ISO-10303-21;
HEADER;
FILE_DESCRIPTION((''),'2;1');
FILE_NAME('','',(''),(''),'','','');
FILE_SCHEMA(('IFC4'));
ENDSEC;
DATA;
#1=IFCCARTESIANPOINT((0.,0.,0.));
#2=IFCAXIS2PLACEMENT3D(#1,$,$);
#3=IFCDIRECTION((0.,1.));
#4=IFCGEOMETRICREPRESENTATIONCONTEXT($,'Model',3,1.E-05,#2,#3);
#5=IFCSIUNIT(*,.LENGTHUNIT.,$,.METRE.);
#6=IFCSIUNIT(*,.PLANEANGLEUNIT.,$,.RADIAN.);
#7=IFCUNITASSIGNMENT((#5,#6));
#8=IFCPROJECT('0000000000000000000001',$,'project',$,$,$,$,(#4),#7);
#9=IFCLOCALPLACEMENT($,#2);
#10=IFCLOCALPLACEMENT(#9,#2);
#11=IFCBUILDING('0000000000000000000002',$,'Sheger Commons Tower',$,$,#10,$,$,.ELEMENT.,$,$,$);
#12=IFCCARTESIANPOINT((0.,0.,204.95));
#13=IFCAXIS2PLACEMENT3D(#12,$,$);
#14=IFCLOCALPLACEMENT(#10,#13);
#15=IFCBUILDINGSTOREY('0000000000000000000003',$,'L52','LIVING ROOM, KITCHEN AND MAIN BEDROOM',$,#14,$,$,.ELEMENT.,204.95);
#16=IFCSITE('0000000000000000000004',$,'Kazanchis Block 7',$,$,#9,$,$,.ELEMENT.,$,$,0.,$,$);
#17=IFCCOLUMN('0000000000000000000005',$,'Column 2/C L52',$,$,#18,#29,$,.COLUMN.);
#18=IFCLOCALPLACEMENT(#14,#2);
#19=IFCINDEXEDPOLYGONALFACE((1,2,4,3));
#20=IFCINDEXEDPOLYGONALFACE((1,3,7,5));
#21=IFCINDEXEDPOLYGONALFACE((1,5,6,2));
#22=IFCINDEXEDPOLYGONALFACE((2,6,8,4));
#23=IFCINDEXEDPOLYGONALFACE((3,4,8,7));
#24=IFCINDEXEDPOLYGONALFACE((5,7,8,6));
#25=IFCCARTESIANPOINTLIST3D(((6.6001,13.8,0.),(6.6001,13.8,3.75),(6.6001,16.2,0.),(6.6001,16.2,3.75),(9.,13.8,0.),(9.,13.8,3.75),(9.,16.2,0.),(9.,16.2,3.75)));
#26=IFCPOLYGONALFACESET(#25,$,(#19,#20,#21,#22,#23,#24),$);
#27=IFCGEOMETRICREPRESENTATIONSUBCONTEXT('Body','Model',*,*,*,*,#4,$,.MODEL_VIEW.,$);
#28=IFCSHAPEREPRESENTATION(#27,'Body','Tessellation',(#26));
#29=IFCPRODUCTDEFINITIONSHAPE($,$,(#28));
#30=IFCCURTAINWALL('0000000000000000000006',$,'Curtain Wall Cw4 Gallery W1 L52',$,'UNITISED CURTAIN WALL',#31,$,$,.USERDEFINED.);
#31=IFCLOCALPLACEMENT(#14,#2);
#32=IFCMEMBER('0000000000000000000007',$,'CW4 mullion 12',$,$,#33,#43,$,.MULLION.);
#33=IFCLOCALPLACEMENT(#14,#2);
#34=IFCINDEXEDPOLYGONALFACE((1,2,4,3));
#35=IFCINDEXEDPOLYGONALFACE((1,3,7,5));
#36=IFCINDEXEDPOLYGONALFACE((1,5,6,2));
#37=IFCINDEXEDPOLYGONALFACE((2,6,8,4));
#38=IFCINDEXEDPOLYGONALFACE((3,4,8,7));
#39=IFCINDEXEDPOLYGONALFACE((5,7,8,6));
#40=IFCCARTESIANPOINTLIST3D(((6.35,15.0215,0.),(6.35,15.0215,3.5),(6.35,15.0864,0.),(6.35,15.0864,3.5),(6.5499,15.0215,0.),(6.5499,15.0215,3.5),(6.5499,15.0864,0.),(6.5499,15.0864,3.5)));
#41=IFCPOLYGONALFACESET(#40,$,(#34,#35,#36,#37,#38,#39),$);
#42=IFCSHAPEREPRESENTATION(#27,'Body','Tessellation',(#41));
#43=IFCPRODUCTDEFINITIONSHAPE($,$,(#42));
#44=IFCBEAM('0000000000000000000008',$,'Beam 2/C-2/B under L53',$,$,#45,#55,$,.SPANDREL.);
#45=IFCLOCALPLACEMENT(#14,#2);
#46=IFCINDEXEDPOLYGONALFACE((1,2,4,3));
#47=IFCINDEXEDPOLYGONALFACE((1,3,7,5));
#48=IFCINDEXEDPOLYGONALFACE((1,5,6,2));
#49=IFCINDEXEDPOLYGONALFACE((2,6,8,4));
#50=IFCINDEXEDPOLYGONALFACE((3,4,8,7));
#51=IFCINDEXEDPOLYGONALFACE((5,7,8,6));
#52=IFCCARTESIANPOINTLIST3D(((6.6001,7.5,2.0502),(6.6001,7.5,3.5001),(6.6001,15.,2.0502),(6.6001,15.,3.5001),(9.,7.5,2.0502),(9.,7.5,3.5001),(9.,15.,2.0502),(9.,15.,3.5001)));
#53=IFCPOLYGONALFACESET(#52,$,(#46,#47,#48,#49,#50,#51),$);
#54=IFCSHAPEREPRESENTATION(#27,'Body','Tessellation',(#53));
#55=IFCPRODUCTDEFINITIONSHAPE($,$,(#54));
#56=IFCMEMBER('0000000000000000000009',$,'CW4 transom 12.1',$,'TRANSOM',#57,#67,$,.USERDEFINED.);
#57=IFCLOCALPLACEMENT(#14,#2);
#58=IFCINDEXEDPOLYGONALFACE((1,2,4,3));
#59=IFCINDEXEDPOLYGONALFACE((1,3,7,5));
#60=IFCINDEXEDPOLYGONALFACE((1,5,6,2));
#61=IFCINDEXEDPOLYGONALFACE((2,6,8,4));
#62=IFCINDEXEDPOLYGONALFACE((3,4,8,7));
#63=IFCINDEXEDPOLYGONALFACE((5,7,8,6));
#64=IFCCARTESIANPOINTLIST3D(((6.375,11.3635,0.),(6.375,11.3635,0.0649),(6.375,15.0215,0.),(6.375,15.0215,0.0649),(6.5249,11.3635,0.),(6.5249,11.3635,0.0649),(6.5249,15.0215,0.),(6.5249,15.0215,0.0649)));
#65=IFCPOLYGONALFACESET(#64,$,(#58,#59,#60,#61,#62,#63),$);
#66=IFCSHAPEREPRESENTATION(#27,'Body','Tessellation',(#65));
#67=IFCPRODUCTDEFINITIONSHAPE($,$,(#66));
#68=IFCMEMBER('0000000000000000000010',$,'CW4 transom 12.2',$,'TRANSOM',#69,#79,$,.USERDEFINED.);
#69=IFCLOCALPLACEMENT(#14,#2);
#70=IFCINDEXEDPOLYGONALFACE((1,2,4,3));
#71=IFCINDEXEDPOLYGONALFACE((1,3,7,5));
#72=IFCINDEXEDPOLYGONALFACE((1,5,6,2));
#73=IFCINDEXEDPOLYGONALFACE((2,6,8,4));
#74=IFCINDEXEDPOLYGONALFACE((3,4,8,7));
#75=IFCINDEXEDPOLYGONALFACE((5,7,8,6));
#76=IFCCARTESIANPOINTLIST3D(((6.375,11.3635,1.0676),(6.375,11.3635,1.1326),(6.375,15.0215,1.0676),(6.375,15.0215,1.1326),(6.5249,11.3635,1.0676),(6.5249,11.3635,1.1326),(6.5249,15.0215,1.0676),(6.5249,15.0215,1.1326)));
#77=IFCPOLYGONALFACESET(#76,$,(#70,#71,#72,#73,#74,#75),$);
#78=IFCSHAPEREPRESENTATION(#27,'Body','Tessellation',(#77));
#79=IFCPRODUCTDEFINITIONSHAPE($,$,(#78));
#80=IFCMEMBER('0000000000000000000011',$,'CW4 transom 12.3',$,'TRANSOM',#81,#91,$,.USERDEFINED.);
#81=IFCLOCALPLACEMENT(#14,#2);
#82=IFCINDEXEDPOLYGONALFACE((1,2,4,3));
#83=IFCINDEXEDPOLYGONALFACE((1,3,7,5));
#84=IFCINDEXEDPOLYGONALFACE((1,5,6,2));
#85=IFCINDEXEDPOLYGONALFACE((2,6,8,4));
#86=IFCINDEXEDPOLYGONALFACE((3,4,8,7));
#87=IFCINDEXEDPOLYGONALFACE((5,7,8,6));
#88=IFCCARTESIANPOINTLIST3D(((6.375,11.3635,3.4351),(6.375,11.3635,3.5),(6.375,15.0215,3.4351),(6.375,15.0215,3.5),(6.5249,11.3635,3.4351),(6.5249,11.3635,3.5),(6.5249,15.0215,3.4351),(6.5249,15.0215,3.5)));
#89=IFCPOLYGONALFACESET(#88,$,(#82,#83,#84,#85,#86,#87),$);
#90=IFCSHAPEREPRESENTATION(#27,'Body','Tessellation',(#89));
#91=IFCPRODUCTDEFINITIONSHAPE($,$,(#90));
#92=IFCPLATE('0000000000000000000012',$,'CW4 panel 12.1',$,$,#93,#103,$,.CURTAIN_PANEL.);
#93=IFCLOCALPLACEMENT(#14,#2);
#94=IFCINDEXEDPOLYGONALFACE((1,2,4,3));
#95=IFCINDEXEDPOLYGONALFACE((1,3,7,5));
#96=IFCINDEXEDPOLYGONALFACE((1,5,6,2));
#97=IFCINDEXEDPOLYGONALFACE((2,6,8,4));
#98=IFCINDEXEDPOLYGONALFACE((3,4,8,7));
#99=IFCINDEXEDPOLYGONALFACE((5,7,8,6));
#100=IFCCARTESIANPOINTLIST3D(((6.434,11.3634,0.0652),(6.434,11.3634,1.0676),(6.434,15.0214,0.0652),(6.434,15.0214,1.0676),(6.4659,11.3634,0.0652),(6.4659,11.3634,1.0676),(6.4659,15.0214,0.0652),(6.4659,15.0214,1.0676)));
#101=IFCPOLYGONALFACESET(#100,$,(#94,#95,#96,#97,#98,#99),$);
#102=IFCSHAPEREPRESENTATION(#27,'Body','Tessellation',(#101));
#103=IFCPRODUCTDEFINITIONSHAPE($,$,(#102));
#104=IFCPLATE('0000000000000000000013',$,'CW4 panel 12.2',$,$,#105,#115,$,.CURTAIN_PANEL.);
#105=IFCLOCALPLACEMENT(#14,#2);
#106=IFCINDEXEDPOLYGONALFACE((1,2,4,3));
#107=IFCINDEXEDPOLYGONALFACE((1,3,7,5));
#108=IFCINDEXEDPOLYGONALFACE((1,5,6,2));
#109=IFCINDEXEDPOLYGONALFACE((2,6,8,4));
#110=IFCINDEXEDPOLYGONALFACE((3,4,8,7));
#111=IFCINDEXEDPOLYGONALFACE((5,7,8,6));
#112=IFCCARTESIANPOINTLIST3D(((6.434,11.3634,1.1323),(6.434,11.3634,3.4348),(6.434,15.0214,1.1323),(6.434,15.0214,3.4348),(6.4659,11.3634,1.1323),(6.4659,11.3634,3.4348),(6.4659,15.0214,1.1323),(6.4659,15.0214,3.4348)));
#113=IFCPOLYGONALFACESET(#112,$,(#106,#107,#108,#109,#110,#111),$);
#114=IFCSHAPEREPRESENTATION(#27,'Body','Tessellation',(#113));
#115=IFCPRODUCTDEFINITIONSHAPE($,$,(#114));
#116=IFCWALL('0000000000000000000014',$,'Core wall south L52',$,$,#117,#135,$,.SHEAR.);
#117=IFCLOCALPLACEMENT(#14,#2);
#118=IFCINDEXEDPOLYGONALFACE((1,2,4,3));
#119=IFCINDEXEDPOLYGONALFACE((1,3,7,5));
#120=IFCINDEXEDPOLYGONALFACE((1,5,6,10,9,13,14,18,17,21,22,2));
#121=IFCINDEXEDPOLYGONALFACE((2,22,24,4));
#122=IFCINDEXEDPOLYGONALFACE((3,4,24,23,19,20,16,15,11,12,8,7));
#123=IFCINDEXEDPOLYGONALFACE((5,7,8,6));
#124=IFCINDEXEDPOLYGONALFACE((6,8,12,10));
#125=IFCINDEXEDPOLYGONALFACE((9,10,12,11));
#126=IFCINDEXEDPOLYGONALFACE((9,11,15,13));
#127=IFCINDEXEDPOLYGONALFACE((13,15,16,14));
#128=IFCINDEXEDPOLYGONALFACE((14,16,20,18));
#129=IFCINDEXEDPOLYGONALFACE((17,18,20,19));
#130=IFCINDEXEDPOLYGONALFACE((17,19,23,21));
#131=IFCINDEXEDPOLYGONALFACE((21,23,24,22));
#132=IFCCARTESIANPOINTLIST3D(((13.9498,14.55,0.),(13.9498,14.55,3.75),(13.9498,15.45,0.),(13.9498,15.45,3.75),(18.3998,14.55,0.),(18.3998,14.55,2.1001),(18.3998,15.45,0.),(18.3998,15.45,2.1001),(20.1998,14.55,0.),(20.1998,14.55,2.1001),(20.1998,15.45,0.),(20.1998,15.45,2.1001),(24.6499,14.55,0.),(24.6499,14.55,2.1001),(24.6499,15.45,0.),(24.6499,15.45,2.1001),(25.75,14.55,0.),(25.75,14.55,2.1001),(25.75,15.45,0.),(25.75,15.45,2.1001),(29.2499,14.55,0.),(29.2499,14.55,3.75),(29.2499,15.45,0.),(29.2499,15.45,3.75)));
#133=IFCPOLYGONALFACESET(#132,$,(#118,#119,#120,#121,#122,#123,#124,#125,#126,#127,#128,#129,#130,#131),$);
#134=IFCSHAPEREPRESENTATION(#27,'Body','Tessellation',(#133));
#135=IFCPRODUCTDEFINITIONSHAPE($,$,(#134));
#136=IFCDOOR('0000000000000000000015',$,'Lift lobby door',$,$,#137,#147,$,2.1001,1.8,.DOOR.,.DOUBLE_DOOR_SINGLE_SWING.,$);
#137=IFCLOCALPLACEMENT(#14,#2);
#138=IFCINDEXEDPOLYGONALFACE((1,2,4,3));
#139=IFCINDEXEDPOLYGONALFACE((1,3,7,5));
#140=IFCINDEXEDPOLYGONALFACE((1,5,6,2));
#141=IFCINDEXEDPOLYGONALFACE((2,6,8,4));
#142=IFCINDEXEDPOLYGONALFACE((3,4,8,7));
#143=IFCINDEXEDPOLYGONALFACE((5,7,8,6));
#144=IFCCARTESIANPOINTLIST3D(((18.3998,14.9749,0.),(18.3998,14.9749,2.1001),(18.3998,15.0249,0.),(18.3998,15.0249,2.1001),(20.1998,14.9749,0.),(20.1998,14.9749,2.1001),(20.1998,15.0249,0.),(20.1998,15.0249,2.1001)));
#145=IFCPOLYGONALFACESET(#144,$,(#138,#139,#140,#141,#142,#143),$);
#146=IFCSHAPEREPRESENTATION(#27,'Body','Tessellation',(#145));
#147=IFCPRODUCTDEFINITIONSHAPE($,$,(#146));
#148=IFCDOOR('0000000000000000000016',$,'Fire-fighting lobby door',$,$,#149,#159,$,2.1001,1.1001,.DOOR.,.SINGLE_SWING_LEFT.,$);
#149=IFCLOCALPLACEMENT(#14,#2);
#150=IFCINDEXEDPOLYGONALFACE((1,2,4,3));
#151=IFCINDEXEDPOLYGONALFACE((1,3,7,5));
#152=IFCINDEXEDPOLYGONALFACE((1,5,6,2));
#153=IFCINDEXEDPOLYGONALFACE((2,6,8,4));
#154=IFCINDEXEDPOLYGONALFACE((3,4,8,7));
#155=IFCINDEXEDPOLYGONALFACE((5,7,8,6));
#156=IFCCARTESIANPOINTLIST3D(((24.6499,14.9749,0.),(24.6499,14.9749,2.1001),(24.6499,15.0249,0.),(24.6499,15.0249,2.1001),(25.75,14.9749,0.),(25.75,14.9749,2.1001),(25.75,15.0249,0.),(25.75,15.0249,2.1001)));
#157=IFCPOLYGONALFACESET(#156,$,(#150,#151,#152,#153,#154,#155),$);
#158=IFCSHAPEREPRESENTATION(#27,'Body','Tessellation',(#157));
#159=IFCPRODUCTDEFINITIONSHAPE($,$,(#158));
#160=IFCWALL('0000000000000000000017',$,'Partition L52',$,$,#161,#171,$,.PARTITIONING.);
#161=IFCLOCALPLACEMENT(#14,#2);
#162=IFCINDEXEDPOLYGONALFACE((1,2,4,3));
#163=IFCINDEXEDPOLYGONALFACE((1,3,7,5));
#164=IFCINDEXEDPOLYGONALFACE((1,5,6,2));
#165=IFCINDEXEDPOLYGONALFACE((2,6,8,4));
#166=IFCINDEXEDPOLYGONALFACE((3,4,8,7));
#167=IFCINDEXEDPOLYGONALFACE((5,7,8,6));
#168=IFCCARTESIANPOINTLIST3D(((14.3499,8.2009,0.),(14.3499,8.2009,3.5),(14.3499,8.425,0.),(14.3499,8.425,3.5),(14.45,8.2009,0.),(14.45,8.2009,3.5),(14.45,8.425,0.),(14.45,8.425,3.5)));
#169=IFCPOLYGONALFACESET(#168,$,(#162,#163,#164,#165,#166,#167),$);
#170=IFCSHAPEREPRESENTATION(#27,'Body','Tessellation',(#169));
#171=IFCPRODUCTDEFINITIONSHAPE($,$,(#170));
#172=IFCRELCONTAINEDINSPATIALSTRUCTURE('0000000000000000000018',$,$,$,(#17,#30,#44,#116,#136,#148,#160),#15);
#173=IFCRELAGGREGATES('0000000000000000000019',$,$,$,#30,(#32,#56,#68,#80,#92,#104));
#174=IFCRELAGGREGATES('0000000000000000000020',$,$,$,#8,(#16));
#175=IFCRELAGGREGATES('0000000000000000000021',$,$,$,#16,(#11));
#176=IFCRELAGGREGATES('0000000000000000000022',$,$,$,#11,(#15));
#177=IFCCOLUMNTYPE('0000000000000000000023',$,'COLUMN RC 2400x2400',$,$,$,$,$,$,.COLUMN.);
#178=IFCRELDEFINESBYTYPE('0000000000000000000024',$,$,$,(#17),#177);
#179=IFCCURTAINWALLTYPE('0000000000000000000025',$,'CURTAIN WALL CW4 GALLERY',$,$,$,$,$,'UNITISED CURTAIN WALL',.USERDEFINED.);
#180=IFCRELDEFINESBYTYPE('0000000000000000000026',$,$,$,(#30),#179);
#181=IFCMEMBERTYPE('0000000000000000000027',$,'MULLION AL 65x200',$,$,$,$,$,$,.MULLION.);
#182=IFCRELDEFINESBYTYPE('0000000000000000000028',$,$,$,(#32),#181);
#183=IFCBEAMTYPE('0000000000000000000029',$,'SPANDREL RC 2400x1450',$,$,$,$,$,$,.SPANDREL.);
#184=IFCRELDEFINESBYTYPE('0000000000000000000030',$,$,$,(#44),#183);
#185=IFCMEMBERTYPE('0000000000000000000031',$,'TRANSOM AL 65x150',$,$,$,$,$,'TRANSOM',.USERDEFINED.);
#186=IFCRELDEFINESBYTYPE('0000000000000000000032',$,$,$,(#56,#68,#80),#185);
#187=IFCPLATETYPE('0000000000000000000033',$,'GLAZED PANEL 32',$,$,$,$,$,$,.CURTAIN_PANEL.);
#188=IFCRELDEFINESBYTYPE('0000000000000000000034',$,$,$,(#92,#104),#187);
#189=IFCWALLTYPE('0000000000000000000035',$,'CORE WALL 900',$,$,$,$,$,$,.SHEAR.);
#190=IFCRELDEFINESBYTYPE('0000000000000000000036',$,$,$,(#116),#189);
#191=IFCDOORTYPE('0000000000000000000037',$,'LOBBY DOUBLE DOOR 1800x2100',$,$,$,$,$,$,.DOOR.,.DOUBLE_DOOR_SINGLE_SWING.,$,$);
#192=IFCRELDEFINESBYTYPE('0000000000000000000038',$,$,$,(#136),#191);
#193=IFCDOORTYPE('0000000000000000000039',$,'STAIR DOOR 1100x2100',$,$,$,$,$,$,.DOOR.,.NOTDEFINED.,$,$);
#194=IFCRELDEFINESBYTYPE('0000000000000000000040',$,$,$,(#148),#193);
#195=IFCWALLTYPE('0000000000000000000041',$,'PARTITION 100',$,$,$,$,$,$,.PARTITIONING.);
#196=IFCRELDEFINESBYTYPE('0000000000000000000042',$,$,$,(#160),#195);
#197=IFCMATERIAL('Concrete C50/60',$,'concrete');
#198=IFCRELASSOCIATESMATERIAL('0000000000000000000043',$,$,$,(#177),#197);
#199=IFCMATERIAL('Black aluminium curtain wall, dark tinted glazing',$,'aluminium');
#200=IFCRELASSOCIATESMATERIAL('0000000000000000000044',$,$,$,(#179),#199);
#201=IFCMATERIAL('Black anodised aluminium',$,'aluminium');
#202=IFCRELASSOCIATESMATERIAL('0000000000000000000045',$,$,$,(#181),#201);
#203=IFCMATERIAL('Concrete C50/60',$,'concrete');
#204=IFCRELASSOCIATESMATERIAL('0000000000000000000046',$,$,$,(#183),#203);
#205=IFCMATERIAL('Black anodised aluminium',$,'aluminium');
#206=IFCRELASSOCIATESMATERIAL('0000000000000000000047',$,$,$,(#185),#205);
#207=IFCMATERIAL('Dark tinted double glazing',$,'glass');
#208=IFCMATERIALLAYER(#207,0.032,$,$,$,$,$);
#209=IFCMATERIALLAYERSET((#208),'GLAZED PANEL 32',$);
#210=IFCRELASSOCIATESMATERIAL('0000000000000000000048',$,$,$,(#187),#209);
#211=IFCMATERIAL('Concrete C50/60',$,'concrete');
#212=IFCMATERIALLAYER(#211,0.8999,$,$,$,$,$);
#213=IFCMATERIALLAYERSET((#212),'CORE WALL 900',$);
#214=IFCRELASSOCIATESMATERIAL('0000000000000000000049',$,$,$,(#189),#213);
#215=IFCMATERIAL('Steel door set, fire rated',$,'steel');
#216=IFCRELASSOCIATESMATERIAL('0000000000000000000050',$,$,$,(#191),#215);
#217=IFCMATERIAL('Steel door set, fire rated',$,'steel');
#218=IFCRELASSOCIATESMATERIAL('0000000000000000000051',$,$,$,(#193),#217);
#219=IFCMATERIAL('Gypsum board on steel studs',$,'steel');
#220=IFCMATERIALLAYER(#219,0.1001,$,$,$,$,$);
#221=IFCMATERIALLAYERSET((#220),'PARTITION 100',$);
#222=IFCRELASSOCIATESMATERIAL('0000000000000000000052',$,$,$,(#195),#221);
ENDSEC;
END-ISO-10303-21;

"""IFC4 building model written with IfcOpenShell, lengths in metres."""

from ifc_helpers import new_model, si_unit, direction, frame, frame_2d, origin, origin_2d, place, context, subcontext, project, spatial, rectangle, extrude, material, layer, layer_set, material_profile, profile_set, type_object, element, fill, aggregate, save


model = new_model("IFC4")

# Units and contexts
model_context = context("Model", 3, precision=1e-05, world=origin(), true_north=direction((0.0, 1.0)))
body_context = subcontext(model_context, "Body", "Model", "MODEL_VIEW")
ifc_project = project(units=[si_unit("LENGTHUNIT", "METRE"), si_unit("PLANEANGLEUNIT", "RADIAN")], contexts=[model_context])

# Site, building, storey
site_placement = place(None, origin())
site = spatial("IfcSite", under=ifc_project, at=site_placement, Name="Kazanchis Block 7", CompositionType="ELEMENT", RefElevation=0.0)
building_placement = place(site_placement, origin())
building = spatial("IfcBuilding", under=site, at=building_placement, Name="Sheger Commons Tower", CompositionType="ELEMENT")
storey_placement = place(building_placement, frame((0.0, 0.0, 204.95)))
storey = spatial("IfcBuildingStorey", under=building, at=storey_placement, Name="L52", Description="LIVING ROOM, KITCHEN AND MAIN BEDROOM", CompositionType="ELEMENT", Elevation=204.95)

# Column
ifc_material_1 = material(Name="Concrete C50/60", Category="concrete")
ifc_material_profile_1 = material_profile(ifc_material_1, rectangle(XDim=2.3999, YDim=2.3999, at=origin_2d()), Name="RC 2400x2400")
ifc_profile_set_1 = profile_set([ifc_material_profile_1], Name="Concrete C50/60")
column_type = type_object("IfcColumnType", Name="COLUMN RC 2400x2400", PredefinedType="COLUMN", material=ifc_profile_set_1)
column_placement = place(storey_placement, frame((7.8, 15.0, 0.0), z_axis=(0.0, 0.0, 1.0), x_axis=(1.0, 0.0, 0.0)))
element("IfcColumn", 1, at=column_placement, inside=storey, type_object=column_type, Name="Column 2/C L52", PredefinedType="COLUMN", context=body_context, shape_type="SweptSolid", body=[
    extrude(rectangle(XDim=2.3999, YDim=2.3999, at=origin_2d()), origin(), (0.0, 0.0, 1.0), 3.75),
])

# Curtain wall, member
ifc_material_2 = material(Name="Black aluminium curtain wall, dark tinted glazing", Category="aluminium")
curtain_wall_type = type_object("IfcCurtainWallType", Name="CURTAIN WALL CW4 GALLERY", ElementType="UNITISED CURTAIN WALL", PredefinedType="USERDEFINED", material=ifc_material_2)
curtain_wall_placement = place(storey_placement, origin())
curtain_wall = element("IfcCurtainWall", 2, at=curtain_wall_placement, inside=storey, type_object=curtain_wall_type, Name="Curtain Wall Cw4 Gallery W1 L52", ObjectType="UNITISED CURTAIN WALL", PredefinedType="USERDEFINED")
ifc_material_3 = material(Name="Black anodised aluminium", Category="aluminium")
ifc_material_profile_2 = material_profile(ifc_material_3, rectangle(XDim=0.2, YDim=0.0649, at=origin_2d()), Name="AL 65x200")
ifc_profile_set_2 = profile_set([ifc_material_profile_2], Name="Black anodised aluminium")
member_type_1 = type_object("IfcMemberType", Name="MULLION AL 65x200", PredefinedType="MULLION", material=ifc_profile_set_2)
member_1_placement = place(storey_placement, frame((6.45, 15.054, 0.0), z_axis=(0.0, 0.0, 1.0), x_axis=(1.0, 0.0, 0.0)))
member_1 = element("IfcMember", 3, at=member_1_placement, type_object=member_type_1, Name="CW4 mullion 12", PredefinedType="MULLION", context=body_context, shape_type="SweptSolid", body=[
    extrude(rectangle(XDim=0.2, YDim=0.0649, at=origin_2d()), origin(), (0.0, 0.0, 1.0), 3.5),
])

# Beam
ifc_material_4 = material(Name="Concrete C50/60", Category="concrete")
ifc_material_profile_3 = material_profile(ifc_material_4, rectangle(XDim=2.3999, YDim=1.45, at=origin_2d()), Name="RC 2400x1450")
ifc_profile_set_3 = profile_set([ifc_material_profile_3], Name="Concrete C50/60")
beam_type = type_object("IfcBeamType", Name="SPANDREL RC 2400x1450", PredefinedType="SPANDREL", material=ifc_profile_set_3)
beam_placement = place(storey_placement, frame((7.8, 15.0, 2.7751), z_axis=(0.0, -1.0, 0.0), x_axis=(1.0, 0.0, 0.0)))
element("IfcBeam", 4, at=beam_placement, inside=storey, type_object=beam_type, Name="Beam 2/C-2/B under L53", PredefinedType="SPANDREL", context=body_context, shape_type="SweptSolid", body=[
    extrude(rectangle(XDim=2.3999, YDim=1.45, at=origin_2d()), origin(), (0.0, 0.0, 1.0), 7.5),
])

# Members
ifc_material_5 = material(Name="Black anodised aluminium", Category="aluminium")
ifc_material_profile_4 = material_profile(ifc_material_5, rectangle(XDim=0.1499, YDim=0.0649, at=origin_2d()), Name="AL 65x150")
ifc_profile_set_4 = profile_set([ifc_material_profile_4], Name="Black anodised aluminium")
member_type_2 = type_object("IfcMemberType", Name="TRANSOM AL 65x150", ElementType="TRANSOM", PredefinedType="USERDEFINED", material=ifc_profile_set_4)
member_2_placement = place(storey_placement, frame((6.45, 15.0215, 0.0325), z_axis=(0.0, -1.0, 0.0), x_axis=(1.0, 0.0, 0.0)))
member_2 = element("IfcMember", 5, at=member_2_placement, type_object=member_type_2, Name="CW4 transom 12.1", ObjectType="TRANSOM", PredefinedType="USERDEFINED", context=body_context, shape_type="SweptSolid", body=[
    extrude(rectangle(XDim=0.1499, YDim=0.0649, at=origin_2d()), origin(), (0.0, 0.0, 1.0), 3.658),
])
member_3_placement = place(storey_placement, frame((6.45, 15.0215, 1.1001), z_axis=(0.0, -1.0, 0.0), x_axis=(1.0, 0.0, 0.0)))
member_3 = element("IfcMember", 6, at=member_3_placement, type_object=member_type_2, Name="CW4 transom 12.2", ObjectType="TRANSOM", PredefinedType="USERDEFINED", context=body_context, shape_type="SweptSolid", body=[
    extrude(rectangle(XDim=0.1499, YDim=0.0649, at=origin_2d()), origin(), (0.0, 0.0, 1.0), 3.658),
])
member_4_placement = place(storey_placement, frame((6.45, 15.0215, 3.4675), z_axis=(0.0, -1.0, 0.0), x_axis=(1.0, 0.0, 0.0)))
member_4 = element("IfcMember", 7, at=member_4_placement, type_object=member_type_2, Name="CW4 transom 12.3", ObjectType="TRANSOM", PredefinedType="USERDEFINED", context=body_context, shape_type="SweptSolid", body=[
    extrude(rectangle(XDim=0.1499, YDim=0.0649, at=origin_2d()), origin(), (0.0, 0.0, 1.0), 3.658),
])

# Plates
ifc_material_6 = material(Name="Dark tinted double glazing", Category="glass")
ifc_layer_1 = layer(ifc_material_6, 0.032)
ifc_layer_set_1 = layer_set([ifc_layer_1], Name="GLAZED PANEL 32")
plate_type = type_object("IfcPlateType", Name="GLAZED PANEL 32", PredefinedType="CURTAIN_PANEL", material=ifc_layer_set_1)
plate_1_placement = place(storey_placement, frame((6.45, 13.1924, 0.0652), z_axis=(0.0, 0.0, 1.0), x_axis=(0.0, -1.0, 0.0)))
plate_1 = element("IfcPlate", 8, at=plate_1_placement, type_object=plate_type, Name="CW4 panel 12.1", PredefinedType="CURTAIN_PANEL", context=body_context, shape_type="SweptSolid", body=[
    extrude(rectangle(XDim=3.658, YDim=0.032, at=origin_2d()), origin(), (0.0, 0.0, 1.0), 1.0024),
])
plate_2_placement = place(storey_placement, frame((6.45, 13.1924, 1.1323), z_axis=(0.0, 0.0, 1.0), x_axis=(0.0, -1.0, 0.0)))
plate_2 = element("IfcPlate", 9, at=plate_2_placement, type_object=plate_type, Name="CW4 panel 12.2", PredefinedType="CURTAIN_PANEL", context=body_context, shape_type="SweptSolid", body=[
    extrude(rectangle(XDim=3.658, YDim=0.032, at=origin_2d()), origin(), (0.0, 0.0, 1.0), 2.3025),
])
aggregate(curtain_wall, [member_1, member_2, member_3, member_4, plate_1, plate_2])

# Wall, openings, doors
ifc_material_7 = material(Name="Concrete C50/60", Category="concrete")
ifc_layer_2 = layer(ifc_material_7, 0.8999)
ifc_layer_set_2 = layer_set([ifc_layer_2], Name="CORE WALL 900")
wall_type_1 = type_object("IfcWallType", Name="CORE WALL 900", PredefinedType="SHEAR", material=ifc_layer_set_2)
wall_1_placement = place(storey_placement, frame((13.95, 15.0, 0.0), z_axis=(0.0, 0.0, 1.0), x_axis=(1.0, 0.0, 0.0)))
wall_1 = element("IfcWall", 10, at=wall_1_placement, inside=storey, type_object=wall_type_1, Name="Core wall south L52", PredefinedType="SHEAR", context=body_context, shape_type="SweptSolid", body=[
    extrude(rectangle(XDim=15.3, YDim=0.8999, at=frame_2d((7.6499, 0.0))), origin(), (0.0, 0.0, 1.0), 3.75),
])
opening_1_placement = place(wall_1_placement, frame((4.45, 0.0, 0.0)))
opening_1 = element("IfcOpeningElement", 11, at=opening_1_placement, cuts=wall_1, PredefinedType="OPENING", context=body_context, shape_type="SweptSolid", body=[
    extrude(rectangle(XDim=1.8, YDim=2.1001, at=frame_2d((0.8999, 1.05))), frame((0.0, 0.46, 0.0), z_axis=(0.0, -1.0, 0.0), x_axis=(1.0, 0.0, 0.0)), (0.0, 0.0, 1.0), 0.9199),
])
opening_2_placement = place(wall_1_placement, frame((10.7, 0.0, 0.0)))
opening_2 = element("IfcOpeningElement", 12, at=opening_2_placement, cuts=wall_1, PredefinedType="OPENING", context=body_context, shape_type="SweptSolid", body=[
    extrude(rectangle(XDim=1.1001, YDim=2.1001, at=frame_2d((0.55, 1.05))), frame((0.0, 0.46, 0.0), z_axis=(0.0, -1.0, 0.0), x_axis=(1.0, 0.0, 0.0)), (0.0, 0.0, 1.0), 0.9199),
])
ifc_material_8 = material(Name="Steel door set, fire rated", Category="steel")
door_type_1 = type_object("IfcDoorType", Name="LOBBY DOUBLE DOOR 1800x2100", OperationType="DOUBLE_DOOR_SINGLE_SWING", PredefinedType="DOOR", material=ifc_material_8)
door_1_placement = place(opening_1_placement, origin())
door_1 = element("IfcDoor", 13, at=door_1_placement, inside=storey, type_object=door_type_1, Name="Lift lobby door", OperationType="DOUBLE_DOOR_SINGLE_SWING", OverallHeight=2.1001, OverallWidth=1.8, PredefinedType="DOOR", context=body_context, shape_type="SweptSolid", body=[
    extrude(rectangle(XDim=1.8, YDim=2.1001, at=frame_2d((0.8999, 1.05))), frame((0.0, 0.0249, 0.0), z_axis=(0.0, -1.0, 0.0), x_axis=(1.0, 0.0, 0.0)), (0.0, 0.0, 1.0), 0.05),
])
fill(opening_1, door_1)
ifc_material_9 = material(Name="Steel door set, fire rated", Category="steel")
door_type_2 = type_object("IfcDoorType", Name="STAIR DOOR 1100x2100", OperationType="NOTDEFINED", PredefinedType="DOOR", material=ifc_material_9)
door_2_placement = place(opening_2_placement, origin())
door_2 = element("IfcDoor", 14, at=door_2_placement, inside=storey, type_object=door_type_2, Name="Fire-fighting lobby door", OperationType="SINGLE_SWING_LEFT", OverallHeight=2.1001, OverallWidth=1.1001, PredefinedType="DOOR", context=body_context, shape_type="SweptSolid", body=[
    extrude(rectangle(XDim=1.1001, YDim=2.1001, at=frame_2d((0.55, 1.05))), frame((0.0, 0.0249, 0.0), z_axis=(0.0, -1.0, 0.0), x_axis=(1.0, 0.0, 0.0)), (0.0, 0.0, 1.0), 0.05),
])
fill(opening_2, door_2)

# Wall
ifc_material_10 = material(Name="Gypsum board on steel studs", Category="steel")
ifc_layer_3 = layer(ifc_material_10, 0.1001)
ifc_layer_set_3 = layer_set([ifc_layer_3], Name="PARTITION 100")
wall_type_2 = type_object("IfcWallType", Name="PARTITION 100", PredefinedType="PARTITIONING", material=ifc_layer_set_3)
wall_2_placement = place(storey_placement, frame((14.3999, 8.2009, 0.0), z_axis=(0.0, 0.0, 1.0), x_axis=(0.0, 1.0, 0.0)))
element("IfcWall", 15, at=wall_2_placement, inside=storey, type_object=wall_type_2, Name="Partition L52", PredefinedType="PARTITIONING", context=body_context, shape_type="SweptSolid", body=[
    extrude(rectangle(XDim=0.2241, YDim=0.1001, at=frame_2d((0.1121, 0.0))), origin(), (0.0, 0.0, 1.0), 3.5),
])

save(model, "model.ifc")
